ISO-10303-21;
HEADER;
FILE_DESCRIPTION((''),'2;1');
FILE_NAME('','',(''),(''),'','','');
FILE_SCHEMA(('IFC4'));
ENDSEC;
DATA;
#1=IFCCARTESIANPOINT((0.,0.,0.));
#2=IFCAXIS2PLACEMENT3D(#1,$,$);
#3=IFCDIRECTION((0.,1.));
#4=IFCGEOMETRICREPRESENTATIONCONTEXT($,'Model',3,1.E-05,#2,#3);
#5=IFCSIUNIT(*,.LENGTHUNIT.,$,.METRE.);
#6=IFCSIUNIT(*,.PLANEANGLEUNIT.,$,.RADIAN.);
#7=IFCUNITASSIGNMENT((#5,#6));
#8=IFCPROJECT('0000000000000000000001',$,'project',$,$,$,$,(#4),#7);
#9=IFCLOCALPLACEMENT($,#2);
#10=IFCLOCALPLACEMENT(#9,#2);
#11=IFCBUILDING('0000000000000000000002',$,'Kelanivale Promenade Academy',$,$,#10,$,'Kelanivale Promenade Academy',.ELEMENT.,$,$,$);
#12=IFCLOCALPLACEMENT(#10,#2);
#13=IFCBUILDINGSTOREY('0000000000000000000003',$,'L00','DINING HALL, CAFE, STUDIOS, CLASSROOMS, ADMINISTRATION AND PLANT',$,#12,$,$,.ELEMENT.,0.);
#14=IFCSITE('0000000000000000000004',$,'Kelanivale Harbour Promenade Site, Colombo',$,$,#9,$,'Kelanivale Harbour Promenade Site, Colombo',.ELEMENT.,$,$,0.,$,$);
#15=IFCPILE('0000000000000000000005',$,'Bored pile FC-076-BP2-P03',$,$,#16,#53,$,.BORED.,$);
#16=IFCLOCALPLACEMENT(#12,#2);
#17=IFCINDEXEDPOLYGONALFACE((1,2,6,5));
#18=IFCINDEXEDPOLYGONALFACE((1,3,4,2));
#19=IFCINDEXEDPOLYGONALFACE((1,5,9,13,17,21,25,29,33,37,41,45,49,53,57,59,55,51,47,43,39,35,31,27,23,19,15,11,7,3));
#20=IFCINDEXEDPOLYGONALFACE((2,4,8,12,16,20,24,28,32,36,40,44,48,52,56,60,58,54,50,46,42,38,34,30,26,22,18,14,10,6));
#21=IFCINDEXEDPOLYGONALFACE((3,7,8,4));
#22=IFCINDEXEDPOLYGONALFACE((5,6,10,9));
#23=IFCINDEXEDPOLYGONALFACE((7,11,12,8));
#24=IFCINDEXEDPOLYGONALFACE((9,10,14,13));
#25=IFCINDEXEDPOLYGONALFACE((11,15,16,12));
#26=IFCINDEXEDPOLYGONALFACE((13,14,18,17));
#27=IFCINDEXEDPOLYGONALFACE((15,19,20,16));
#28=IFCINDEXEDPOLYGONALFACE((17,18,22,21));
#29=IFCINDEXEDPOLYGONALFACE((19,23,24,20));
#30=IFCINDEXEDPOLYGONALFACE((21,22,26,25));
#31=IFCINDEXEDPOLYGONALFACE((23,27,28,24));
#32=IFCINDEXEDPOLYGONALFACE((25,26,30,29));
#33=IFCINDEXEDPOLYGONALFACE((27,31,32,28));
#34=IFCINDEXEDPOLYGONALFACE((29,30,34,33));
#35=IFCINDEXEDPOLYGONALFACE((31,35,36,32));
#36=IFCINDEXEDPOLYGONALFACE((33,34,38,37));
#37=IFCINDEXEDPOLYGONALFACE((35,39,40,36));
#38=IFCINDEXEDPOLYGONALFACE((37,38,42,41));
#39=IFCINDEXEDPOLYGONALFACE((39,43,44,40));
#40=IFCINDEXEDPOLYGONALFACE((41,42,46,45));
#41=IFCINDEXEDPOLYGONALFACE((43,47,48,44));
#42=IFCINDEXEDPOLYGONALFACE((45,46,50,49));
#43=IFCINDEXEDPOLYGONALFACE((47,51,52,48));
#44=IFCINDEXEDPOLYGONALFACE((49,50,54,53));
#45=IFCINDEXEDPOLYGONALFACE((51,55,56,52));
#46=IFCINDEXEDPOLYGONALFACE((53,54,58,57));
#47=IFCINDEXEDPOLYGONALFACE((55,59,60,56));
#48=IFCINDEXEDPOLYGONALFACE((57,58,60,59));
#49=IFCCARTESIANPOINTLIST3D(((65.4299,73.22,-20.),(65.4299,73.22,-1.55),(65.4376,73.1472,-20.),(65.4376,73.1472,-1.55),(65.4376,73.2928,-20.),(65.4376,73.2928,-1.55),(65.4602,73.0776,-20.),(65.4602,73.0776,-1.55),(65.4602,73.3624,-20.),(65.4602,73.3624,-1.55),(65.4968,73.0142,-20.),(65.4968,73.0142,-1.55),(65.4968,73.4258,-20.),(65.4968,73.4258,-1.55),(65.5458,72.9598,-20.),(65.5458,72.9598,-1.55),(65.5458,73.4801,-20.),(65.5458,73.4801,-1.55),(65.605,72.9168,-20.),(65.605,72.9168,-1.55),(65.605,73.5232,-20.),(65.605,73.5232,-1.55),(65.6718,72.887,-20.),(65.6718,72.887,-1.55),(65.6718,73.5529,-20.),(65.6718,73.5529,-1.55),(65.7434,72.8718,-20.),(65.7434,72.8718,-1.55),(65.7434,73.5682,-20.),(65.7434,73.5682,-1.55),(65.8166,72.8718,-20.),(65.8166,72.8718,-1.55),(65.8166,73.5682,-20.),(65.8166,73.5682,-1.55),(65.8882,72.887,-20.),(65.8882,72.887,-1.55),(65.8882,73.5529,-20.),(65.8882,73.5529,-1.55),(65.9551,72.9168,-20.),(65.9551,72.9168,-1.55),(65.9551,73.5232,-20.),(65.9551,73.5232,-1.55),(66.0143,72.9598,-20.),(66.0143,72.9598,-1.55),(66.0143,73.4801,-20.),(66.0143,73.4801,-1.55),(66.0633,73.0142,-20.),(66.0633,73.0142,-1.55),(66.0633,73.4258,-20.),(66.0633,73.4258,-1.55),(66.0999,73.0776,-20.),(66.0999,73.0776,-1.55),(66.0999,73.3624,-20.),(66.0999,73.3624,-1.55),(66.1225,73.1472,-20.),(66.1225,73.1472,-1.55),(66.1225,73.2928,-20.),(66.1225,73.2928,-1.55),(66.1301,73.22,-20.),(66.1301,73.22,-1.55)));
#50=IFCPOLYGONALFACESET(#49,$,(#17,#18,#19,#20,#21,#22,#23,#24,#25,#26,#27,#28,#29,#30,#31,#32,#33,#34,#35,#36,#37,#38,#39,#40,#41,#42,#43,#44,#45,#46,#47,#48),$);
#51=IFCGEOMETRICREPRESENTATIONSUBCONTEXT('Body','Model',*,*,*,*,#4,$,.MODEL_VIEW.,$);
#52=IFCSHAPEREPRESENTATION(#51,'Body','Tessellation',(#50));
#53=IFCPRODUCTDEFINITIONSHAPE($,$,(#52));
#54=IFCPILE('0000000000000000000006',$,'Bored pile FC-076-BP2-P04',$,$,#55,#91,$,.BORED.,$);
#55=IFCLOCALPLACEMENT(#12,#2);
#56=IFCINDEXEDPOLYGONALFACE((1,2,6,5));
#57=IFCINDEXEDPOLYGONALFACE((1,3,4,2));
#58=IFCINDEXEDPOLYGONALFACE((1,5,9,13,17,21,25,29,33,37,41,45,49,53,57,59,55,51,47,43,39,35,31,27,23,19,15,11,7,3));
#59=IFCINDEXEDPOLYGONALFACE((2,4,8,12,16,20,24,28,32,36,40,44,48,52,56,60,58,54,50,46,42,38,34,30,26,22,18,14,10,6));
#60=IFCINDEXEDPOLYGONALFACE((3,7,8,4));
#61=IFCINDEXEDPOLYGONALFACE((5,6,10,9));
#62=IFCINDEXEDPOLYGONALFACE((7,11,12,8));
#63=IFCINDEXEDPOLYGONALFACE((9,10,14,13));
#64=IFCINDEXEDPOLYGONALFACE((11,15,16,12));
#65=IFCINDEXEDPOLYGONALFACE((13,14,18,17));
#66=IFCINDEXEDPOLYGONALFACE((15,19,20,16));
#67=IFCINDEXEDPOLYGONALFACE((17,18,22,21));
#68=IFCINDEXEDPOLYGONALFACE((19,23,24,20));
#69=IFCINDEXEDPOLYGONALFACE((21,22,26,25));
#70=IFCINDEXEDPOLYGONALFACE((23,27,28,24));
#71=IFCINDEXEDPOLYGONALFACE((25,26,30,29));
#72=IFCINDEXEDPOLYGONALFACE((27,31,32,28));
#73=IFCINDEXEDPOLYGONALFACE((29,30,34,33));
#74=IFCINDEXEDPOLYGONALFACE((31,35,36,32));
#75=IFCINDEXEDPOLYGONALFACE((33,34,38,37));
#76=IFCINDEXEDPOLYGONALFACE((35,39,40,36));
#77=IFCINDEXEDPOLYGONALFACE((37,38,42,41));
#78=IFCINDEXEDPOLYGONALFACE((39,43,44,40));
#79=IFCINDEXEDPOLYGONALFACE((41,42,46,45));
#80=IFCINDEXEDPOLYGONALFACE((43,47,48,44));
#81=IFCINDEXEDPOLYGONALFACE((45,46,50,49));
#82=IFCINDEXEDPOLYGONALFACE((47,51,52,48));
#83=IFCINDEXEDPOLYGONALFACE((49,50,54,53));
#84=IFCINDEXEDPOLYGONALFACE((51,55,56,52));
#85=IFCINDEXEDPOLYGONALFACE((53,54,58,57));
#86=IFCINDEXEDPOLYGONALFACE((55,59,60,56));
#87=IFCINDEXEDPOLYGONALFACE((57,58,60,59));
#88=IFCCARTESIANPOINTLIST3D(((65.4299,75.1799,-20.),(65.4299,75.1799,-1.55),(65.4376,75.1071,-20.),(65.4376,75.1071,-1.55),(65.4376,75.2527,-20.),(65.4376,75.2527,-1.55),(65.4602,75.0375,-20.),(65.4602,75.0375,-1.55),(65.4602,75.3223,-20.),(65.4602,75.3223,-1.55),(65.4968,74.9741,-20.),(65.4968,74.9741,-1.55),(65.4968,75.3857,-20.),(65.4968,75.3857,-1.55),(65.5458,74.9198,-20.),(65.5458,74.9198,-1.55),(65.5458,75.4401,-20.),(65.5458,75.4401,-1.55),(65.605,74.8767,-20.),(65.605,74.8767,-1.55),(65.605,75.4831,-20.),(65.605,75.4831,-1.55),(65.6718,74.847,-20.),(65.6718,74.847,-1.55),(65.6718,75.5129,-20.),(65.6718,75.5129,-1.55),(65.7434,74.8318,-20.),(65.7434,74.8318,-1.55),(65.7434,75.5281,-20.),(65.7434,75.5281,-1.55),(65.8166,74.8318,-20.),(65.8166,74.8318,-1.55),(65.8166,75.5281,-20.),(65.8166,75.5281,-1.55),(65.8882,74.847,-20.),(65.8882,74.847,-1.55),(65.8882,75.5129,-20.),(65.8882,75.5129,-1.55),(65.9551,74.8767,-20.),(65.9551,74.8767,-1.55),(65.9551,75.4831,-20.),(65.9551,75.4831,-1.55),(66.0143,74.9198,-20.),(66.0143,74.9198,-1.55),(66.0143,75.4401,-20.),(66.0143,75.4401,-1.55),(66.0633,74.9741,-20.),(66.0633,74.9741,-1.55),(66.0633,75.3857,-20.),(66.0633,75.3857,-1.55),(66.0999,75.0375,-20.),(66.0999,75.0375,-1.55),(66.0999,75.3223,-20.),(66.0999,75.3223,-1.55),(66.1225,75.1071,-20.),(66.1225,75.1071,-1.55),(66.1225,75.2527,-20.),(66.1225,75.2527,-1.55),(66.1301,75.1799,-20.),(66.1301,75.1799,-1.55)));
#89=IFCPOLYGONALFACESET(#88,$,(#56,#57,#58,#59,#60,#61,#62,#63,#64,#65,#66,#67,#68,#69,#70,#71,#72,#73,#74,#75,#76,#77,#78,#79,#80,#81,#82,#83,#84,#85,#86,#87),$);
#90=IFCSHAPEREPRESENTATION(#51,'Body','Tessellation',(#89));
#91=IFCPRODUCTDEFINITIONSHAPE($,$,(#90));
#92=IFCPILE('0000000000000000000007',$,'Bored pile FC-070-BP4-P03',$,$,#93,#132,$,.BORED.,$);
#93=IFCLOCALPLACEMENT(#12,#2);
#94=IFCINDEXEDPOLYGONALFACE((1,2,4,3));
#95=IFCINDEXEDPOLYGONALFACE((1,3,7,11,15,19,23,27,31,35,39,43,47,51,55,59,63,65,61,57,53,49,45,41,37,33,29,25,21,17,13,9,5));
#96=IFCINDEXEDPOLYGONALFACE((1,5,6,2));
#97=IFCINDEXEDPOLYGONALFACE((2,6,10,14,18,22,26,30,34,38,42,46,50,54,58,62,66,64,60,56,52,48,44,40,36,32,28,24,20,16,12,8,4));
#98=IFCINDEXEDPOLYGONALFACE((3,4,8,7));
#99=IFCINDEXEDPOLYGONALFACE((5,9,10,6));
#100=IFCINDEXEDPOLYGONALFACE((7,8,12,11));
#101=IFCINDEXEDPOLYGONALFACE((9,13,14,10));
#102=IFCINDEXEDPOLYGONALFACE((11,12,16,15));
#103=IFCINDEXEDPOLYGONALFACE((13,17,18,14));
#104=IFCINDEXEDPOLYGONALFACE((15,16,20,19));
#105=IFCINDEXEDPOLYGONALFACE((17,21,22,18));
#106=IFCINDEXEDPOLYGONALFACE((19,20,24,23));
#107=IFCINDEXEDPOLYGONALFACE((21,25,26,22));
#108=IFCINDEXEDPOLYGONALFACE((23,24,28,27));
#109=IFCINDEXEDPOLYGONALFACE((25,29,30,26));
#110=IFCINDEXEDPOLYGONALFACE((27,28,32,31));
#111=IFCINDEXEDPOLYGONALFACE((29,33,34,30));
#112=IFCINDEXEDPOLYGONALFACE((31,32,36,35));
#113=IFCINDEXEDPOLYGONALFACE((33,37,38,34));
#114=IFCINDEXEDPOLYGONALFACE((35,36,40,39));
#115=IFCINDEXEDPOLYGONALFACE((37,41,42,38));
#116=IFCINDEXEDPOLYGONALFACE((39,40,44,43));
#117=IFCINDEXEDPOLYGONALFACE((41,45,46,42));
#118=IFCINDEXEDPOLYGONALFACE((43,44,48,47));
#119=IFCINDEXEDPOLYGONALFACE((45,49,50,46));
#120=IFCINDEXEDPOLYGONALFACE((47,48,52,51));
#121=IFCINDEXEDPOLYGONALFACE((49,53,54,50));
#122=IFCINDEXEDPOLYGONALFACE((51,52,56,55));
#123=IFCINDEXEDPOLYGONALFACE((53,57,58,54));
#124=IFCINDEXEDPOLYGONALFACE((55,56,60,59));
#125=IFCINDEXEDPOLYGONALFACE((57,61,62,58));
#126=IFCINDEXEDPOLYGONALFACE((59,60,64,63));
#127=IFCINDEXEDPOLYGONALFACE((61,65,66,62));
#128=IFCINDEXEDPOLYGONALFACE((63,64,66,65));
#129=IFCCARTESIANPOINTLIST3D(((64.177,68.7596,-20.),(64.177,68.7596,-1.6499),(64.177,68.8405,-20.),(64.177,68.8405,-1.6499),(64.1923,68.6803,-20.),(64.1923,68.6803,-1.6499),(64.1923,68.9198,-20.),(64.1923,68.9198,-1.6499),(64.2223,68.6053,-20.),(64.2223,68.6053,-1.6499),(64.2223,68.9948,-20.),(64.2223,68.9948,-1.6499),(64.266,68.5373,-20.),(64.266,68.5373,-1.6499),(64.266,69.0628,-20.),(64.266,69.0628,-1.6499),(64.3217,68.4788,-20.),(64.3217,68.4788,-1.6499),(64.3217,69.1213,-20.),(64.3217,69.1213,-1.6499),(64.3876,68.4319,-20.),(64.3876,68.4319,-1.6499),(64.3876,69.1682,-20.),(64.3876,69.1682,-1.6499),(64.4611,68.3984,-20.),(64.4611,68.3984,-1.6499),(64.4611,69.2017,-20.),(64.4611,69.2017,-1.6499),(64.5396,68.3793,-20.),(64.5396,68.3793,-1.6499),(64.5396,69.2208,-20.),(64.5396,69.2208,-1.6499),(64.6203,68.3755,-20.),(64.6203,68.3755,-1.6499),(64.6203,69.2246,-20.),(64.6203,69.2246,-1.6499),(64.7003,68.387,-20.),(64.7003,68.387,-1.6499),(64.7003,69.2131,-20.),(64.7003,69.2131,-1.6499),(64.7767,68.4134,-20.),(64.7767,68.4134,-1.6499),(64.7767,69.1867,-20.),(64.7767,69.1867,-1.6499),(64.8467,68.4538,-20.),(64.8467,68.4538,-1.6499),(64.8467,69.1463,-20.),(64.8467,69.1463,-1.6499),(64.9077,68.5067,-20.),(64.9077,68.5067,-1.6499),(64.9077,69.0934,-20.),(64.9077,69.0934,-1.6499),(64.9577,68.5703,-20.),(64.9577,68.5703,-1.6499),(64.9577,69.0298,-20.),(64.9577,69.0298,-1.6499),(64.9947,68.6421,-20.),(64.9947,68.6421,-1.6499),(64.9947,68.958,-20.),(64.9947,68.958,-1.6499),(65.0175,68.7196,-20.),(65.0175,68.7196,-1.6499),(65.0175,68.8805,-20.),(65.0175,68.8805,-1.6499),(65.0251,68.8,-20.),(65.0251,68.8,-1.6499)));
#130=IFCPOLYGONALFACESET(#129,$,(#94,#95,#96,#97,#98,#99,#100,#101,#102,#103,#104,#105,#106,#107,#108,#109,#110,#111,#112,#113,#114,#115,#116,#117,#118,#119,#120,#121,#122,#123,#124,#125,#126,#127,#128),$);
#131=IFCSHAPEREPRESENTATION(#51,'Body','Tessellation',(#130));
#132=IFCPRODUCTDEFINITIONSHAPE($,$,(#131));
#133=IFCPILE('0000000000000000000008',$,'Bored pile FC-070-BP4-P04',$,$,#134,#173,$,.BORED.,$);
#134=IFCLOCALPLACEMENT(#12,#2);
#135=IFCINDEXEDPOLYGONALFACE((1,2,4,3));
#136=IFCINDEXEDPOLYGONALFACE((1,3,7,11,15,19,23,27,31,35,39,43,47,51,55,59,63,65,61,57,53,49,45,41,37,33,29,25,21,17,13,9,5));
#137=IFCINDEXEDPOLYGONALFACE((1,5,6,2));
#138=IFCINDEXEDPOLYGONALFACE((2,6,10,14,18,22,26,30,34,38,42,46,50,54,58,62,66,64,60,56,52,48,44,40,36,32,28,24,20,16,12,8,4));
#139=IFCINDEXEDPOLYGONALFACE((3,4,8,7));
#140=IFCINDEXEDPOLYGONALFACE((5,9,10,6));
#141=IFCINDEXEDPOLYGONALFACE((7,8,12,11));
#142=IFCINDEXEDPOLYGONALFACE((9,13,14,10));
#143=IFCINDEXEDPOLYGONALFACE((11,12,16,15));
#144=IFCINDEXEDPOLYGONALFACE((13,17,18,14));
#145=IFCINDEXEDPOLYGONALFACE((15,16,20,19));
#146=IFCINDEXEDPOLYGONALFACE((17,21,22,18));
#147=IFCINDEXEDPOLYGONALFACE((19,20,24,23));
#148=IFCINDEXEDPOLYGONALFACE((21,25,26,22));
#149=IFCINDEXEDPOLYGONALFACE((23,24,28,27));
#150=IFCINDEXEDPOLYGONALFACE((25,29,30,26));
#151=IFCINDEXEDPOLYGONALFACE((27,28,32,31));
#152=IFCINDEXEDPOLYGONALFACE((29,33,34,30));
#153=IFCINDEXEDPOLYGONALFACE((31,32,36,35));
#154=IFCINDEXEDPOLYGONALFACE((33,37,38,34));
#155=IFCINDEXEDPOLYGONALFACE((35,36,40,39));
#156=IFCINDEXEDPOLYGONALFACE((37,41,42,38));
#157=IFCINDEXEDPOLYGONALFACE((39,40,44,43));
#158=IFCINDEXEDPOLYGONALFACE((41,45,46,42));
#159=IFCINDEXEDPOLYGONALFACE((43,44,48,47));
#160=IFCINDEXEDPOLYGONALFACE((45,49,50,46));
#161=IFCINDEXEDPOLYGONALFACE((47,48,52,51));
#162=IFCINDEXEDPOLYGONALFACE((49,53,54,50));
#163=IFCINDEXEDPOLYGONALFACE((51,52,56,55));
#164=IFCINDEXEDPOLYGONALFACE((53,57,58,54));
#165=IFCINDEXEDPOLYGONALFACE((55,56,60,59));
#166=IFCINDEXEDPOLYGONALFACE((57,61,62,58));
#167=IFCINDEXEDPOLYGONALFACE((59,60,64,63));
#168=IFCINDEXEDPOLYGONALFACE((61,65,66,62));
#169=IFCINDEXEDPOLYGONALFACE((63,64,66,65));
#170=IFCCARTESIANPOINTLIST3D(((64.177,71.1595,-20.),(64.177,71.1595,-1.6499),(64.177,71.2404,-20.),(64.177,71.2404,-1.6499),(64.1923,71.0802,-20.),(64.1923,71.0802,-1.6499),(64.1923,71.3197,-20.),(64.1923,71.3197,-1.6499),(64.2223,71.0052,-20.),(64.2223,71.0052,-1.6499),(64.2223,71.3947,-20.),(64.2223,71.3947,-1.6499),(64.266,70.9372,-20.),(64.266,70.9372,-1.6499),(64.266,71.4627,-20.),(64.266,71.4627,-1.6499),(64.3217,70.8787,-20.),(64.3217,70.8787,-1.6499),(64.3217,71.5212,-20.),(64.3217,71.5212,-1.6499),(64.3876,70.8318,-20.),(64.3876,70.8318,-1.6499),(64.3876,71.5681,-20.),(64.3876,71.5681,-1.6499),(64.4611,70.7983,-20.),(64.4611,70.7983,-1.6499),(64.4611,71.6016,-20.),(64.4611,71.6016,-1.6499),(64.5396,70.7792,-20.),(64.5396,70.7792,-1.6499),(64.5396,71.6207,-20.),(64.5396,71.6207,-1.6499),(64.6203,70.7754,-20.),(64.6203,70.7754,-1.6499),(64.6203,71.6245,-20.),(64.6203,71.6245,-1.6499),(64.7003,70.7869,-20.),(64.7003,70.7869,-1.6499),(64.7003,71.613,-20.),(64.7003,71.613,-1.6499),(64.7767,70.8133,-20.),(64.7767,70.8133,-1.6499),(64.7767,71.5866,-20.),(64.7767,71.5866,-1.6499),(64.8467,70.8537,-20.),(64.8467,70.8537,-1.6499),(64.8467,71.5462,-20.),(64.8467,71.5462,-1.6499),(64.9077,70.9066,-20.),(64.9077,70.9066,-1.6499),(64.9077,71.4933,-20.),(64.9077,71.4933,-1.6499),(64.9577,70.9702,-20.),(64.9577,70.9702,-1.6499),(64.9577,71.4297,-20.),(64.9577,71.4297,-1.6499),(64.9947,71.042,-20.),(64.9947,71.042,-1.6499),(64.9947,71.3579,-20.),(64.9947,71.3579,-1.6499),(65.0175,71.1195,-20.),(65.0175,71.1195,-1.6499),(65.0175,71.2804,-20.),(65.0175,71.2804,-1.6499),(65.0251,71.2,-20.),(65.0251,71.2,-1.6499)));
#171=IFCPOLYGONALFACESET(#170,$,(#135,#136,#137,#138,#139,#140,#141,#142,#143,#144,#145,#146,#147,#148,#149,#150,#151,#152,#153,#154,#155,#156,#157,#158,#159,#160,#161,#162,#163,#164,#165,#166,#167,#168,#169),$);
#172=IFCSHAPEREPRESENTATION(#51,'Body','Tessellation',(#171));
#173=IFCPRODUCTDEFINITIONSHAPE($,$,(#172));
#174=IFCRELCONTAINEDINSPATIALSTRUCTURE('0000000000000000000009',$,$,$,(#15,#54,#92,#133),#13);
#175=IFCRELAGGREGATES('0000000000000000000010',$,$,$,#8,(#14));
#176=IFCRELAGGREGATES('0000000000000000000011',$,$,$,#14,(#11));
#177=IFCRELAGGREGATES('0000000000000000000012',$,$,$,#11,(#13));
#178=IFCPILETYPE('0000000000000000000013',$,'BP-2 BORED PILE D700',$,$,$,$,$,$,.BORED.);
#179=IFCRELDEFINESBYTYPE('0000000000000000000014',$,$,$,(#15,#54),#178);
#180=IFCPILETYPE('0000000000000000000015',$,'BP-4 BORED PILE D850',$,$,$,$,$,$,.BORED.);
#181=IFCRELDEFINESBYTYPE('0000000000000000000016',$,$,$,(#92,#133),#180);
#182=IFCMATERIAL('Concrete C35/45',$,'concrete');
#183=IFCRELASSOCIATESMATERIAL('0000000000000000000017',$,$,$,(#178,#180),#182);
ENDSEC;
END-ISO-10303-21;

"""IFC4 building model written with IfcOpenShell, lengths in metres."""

from ifc_helpers import new_model, si_unit, direction, frame, origin, origin_2d, place, context, subcontext, project, spatial, circle, extrude, material, material_profile, profile_set, type_object, element, save


model = new_model("IFC4")

# Units and contexts
model_context = context("Model", 3, precision=1e-05, world=origin(), true_north=direction((0.0, 1.0)))
body_context = subcontext(model_context, "Body", "Model", "MODEL_VIEW")
ifc_project = project(units=[si_unit("LENGTHUNIT", "METRE"), si_unit("PLANEANGLEUNIT", "RADIAN")], contexts=[model_context])

# Site, building, storey
site_placement = place(None, origin())
site = spatial("IfcSite", under=ifc_project, at=site_placement, Name="Kelanivale Harbour Promenade Site, Colombo", LongName="Kelanivale Harbour Promenade Site, Colombo", CompositionType="ELEMENT", RefElevation=0.0)
building_placement = place(site_placement, origin())
building = spatial("IfcBuilding", under=site, at=building_placement, Name="Kelanivale Promenade Academy", LongName="Kelanivale Promenade Academy", CompositionType="ELEMENT")
storey_placement = place(building_placement, origin())
storey = spatial("IfcBuildingStorey", under=building, at=storey_placement, Name="L00", Description="DINING HALL, CAFE, STUDIOS, CLASSROOMS, ADMINISTRATION AND PLANT", CompositionType="ELEMENT", Elevation=0.0)

# Piles
ifc_material_1 = material(Name="Concrete C35/45", Category="concrete")
ifc_material_profile_1 = material_profile(ifc_material_1, circle(Radius=0.3501, at=origin_2d()), Name="BORED PILE D700")
ifc_profile_set_1 = profile_set([ifc_material_profile_1], Name="Concrete C35/45")
pile_type_1 = type_object("IfcPileType", Name="BP-2 BORED PILE D700", PredefinedType="BORED", material=ifc_profile_set_1)
for number, where, z_axis, x_axis, name in (
    (1, (65.78, 73.22, -1.55), (0.0, 0.0, -1.0), (1.0, 0.0, 0.0), "Bored pile FC-076-BP2-P03"),
    (2, (65.78, 75.1799, -1.55), (0.0, 0.0, -1.0), (1.0, 0.0, 0.0), "Bored pile FC-076-BP2-P04"),
):
    element("IfcPile", number, at=place(storey_placement, frame(where, z_axis=z_axis, x_axis=x_axis)), inside=storey, type_object=pile_type_1, Name=name, PredefinedType="BORED", context=body_context, shape_type="SweptSolid", body=[
        extrude(circle(Radius=0.3501, at=origin_2d()), origin(), (0.0, 0.0, 1.0), 18.45),
    ])
ifc_material_profile_2 = material_profile(ifc_material_1, circle(Radius=0.425, at=origin_2d()), Name="BORED PILE D850")
ifc_profile_set_2 = profile_set([ifc_material_profile_2], Name="Concrete C35/45")
pile_type_2 = type_object("IfcPileType", Name="BP-4 BORED PILE D850", PredefinedType="BORED", material=ifc_profile_set_2)
for number, where, z_axis, x_axis, name in (
    (3, (64.6001, 68.8, -1.6499), (0.0, 0.0, -1.0), (1.0, 0.0, 0.0), "Bored pile FC-070-BP4-P03"),
    (4, (64.6001, 71.2, -1.6499), (0.0, 0.0, -1.0), (1.0, 0.0, 0.0), "Bored pile FC-070-BP4-P04"),
):
    element("IfcPile", number, at=place(storey_placement, frame(where, z_axis=z_axis, x_axis=x_axis)), inside=storey, type_object=pile_type_2, Name=name, PredefinedType="BORED", context=body_context, shape_type="SweptSolid", body=[
        extrude(circle(Radius=0.425, at=origin_2d()), origin(), (0.0, 0.0, 1.0), 18.3501),
    ])

save(model, "model.ifc")
